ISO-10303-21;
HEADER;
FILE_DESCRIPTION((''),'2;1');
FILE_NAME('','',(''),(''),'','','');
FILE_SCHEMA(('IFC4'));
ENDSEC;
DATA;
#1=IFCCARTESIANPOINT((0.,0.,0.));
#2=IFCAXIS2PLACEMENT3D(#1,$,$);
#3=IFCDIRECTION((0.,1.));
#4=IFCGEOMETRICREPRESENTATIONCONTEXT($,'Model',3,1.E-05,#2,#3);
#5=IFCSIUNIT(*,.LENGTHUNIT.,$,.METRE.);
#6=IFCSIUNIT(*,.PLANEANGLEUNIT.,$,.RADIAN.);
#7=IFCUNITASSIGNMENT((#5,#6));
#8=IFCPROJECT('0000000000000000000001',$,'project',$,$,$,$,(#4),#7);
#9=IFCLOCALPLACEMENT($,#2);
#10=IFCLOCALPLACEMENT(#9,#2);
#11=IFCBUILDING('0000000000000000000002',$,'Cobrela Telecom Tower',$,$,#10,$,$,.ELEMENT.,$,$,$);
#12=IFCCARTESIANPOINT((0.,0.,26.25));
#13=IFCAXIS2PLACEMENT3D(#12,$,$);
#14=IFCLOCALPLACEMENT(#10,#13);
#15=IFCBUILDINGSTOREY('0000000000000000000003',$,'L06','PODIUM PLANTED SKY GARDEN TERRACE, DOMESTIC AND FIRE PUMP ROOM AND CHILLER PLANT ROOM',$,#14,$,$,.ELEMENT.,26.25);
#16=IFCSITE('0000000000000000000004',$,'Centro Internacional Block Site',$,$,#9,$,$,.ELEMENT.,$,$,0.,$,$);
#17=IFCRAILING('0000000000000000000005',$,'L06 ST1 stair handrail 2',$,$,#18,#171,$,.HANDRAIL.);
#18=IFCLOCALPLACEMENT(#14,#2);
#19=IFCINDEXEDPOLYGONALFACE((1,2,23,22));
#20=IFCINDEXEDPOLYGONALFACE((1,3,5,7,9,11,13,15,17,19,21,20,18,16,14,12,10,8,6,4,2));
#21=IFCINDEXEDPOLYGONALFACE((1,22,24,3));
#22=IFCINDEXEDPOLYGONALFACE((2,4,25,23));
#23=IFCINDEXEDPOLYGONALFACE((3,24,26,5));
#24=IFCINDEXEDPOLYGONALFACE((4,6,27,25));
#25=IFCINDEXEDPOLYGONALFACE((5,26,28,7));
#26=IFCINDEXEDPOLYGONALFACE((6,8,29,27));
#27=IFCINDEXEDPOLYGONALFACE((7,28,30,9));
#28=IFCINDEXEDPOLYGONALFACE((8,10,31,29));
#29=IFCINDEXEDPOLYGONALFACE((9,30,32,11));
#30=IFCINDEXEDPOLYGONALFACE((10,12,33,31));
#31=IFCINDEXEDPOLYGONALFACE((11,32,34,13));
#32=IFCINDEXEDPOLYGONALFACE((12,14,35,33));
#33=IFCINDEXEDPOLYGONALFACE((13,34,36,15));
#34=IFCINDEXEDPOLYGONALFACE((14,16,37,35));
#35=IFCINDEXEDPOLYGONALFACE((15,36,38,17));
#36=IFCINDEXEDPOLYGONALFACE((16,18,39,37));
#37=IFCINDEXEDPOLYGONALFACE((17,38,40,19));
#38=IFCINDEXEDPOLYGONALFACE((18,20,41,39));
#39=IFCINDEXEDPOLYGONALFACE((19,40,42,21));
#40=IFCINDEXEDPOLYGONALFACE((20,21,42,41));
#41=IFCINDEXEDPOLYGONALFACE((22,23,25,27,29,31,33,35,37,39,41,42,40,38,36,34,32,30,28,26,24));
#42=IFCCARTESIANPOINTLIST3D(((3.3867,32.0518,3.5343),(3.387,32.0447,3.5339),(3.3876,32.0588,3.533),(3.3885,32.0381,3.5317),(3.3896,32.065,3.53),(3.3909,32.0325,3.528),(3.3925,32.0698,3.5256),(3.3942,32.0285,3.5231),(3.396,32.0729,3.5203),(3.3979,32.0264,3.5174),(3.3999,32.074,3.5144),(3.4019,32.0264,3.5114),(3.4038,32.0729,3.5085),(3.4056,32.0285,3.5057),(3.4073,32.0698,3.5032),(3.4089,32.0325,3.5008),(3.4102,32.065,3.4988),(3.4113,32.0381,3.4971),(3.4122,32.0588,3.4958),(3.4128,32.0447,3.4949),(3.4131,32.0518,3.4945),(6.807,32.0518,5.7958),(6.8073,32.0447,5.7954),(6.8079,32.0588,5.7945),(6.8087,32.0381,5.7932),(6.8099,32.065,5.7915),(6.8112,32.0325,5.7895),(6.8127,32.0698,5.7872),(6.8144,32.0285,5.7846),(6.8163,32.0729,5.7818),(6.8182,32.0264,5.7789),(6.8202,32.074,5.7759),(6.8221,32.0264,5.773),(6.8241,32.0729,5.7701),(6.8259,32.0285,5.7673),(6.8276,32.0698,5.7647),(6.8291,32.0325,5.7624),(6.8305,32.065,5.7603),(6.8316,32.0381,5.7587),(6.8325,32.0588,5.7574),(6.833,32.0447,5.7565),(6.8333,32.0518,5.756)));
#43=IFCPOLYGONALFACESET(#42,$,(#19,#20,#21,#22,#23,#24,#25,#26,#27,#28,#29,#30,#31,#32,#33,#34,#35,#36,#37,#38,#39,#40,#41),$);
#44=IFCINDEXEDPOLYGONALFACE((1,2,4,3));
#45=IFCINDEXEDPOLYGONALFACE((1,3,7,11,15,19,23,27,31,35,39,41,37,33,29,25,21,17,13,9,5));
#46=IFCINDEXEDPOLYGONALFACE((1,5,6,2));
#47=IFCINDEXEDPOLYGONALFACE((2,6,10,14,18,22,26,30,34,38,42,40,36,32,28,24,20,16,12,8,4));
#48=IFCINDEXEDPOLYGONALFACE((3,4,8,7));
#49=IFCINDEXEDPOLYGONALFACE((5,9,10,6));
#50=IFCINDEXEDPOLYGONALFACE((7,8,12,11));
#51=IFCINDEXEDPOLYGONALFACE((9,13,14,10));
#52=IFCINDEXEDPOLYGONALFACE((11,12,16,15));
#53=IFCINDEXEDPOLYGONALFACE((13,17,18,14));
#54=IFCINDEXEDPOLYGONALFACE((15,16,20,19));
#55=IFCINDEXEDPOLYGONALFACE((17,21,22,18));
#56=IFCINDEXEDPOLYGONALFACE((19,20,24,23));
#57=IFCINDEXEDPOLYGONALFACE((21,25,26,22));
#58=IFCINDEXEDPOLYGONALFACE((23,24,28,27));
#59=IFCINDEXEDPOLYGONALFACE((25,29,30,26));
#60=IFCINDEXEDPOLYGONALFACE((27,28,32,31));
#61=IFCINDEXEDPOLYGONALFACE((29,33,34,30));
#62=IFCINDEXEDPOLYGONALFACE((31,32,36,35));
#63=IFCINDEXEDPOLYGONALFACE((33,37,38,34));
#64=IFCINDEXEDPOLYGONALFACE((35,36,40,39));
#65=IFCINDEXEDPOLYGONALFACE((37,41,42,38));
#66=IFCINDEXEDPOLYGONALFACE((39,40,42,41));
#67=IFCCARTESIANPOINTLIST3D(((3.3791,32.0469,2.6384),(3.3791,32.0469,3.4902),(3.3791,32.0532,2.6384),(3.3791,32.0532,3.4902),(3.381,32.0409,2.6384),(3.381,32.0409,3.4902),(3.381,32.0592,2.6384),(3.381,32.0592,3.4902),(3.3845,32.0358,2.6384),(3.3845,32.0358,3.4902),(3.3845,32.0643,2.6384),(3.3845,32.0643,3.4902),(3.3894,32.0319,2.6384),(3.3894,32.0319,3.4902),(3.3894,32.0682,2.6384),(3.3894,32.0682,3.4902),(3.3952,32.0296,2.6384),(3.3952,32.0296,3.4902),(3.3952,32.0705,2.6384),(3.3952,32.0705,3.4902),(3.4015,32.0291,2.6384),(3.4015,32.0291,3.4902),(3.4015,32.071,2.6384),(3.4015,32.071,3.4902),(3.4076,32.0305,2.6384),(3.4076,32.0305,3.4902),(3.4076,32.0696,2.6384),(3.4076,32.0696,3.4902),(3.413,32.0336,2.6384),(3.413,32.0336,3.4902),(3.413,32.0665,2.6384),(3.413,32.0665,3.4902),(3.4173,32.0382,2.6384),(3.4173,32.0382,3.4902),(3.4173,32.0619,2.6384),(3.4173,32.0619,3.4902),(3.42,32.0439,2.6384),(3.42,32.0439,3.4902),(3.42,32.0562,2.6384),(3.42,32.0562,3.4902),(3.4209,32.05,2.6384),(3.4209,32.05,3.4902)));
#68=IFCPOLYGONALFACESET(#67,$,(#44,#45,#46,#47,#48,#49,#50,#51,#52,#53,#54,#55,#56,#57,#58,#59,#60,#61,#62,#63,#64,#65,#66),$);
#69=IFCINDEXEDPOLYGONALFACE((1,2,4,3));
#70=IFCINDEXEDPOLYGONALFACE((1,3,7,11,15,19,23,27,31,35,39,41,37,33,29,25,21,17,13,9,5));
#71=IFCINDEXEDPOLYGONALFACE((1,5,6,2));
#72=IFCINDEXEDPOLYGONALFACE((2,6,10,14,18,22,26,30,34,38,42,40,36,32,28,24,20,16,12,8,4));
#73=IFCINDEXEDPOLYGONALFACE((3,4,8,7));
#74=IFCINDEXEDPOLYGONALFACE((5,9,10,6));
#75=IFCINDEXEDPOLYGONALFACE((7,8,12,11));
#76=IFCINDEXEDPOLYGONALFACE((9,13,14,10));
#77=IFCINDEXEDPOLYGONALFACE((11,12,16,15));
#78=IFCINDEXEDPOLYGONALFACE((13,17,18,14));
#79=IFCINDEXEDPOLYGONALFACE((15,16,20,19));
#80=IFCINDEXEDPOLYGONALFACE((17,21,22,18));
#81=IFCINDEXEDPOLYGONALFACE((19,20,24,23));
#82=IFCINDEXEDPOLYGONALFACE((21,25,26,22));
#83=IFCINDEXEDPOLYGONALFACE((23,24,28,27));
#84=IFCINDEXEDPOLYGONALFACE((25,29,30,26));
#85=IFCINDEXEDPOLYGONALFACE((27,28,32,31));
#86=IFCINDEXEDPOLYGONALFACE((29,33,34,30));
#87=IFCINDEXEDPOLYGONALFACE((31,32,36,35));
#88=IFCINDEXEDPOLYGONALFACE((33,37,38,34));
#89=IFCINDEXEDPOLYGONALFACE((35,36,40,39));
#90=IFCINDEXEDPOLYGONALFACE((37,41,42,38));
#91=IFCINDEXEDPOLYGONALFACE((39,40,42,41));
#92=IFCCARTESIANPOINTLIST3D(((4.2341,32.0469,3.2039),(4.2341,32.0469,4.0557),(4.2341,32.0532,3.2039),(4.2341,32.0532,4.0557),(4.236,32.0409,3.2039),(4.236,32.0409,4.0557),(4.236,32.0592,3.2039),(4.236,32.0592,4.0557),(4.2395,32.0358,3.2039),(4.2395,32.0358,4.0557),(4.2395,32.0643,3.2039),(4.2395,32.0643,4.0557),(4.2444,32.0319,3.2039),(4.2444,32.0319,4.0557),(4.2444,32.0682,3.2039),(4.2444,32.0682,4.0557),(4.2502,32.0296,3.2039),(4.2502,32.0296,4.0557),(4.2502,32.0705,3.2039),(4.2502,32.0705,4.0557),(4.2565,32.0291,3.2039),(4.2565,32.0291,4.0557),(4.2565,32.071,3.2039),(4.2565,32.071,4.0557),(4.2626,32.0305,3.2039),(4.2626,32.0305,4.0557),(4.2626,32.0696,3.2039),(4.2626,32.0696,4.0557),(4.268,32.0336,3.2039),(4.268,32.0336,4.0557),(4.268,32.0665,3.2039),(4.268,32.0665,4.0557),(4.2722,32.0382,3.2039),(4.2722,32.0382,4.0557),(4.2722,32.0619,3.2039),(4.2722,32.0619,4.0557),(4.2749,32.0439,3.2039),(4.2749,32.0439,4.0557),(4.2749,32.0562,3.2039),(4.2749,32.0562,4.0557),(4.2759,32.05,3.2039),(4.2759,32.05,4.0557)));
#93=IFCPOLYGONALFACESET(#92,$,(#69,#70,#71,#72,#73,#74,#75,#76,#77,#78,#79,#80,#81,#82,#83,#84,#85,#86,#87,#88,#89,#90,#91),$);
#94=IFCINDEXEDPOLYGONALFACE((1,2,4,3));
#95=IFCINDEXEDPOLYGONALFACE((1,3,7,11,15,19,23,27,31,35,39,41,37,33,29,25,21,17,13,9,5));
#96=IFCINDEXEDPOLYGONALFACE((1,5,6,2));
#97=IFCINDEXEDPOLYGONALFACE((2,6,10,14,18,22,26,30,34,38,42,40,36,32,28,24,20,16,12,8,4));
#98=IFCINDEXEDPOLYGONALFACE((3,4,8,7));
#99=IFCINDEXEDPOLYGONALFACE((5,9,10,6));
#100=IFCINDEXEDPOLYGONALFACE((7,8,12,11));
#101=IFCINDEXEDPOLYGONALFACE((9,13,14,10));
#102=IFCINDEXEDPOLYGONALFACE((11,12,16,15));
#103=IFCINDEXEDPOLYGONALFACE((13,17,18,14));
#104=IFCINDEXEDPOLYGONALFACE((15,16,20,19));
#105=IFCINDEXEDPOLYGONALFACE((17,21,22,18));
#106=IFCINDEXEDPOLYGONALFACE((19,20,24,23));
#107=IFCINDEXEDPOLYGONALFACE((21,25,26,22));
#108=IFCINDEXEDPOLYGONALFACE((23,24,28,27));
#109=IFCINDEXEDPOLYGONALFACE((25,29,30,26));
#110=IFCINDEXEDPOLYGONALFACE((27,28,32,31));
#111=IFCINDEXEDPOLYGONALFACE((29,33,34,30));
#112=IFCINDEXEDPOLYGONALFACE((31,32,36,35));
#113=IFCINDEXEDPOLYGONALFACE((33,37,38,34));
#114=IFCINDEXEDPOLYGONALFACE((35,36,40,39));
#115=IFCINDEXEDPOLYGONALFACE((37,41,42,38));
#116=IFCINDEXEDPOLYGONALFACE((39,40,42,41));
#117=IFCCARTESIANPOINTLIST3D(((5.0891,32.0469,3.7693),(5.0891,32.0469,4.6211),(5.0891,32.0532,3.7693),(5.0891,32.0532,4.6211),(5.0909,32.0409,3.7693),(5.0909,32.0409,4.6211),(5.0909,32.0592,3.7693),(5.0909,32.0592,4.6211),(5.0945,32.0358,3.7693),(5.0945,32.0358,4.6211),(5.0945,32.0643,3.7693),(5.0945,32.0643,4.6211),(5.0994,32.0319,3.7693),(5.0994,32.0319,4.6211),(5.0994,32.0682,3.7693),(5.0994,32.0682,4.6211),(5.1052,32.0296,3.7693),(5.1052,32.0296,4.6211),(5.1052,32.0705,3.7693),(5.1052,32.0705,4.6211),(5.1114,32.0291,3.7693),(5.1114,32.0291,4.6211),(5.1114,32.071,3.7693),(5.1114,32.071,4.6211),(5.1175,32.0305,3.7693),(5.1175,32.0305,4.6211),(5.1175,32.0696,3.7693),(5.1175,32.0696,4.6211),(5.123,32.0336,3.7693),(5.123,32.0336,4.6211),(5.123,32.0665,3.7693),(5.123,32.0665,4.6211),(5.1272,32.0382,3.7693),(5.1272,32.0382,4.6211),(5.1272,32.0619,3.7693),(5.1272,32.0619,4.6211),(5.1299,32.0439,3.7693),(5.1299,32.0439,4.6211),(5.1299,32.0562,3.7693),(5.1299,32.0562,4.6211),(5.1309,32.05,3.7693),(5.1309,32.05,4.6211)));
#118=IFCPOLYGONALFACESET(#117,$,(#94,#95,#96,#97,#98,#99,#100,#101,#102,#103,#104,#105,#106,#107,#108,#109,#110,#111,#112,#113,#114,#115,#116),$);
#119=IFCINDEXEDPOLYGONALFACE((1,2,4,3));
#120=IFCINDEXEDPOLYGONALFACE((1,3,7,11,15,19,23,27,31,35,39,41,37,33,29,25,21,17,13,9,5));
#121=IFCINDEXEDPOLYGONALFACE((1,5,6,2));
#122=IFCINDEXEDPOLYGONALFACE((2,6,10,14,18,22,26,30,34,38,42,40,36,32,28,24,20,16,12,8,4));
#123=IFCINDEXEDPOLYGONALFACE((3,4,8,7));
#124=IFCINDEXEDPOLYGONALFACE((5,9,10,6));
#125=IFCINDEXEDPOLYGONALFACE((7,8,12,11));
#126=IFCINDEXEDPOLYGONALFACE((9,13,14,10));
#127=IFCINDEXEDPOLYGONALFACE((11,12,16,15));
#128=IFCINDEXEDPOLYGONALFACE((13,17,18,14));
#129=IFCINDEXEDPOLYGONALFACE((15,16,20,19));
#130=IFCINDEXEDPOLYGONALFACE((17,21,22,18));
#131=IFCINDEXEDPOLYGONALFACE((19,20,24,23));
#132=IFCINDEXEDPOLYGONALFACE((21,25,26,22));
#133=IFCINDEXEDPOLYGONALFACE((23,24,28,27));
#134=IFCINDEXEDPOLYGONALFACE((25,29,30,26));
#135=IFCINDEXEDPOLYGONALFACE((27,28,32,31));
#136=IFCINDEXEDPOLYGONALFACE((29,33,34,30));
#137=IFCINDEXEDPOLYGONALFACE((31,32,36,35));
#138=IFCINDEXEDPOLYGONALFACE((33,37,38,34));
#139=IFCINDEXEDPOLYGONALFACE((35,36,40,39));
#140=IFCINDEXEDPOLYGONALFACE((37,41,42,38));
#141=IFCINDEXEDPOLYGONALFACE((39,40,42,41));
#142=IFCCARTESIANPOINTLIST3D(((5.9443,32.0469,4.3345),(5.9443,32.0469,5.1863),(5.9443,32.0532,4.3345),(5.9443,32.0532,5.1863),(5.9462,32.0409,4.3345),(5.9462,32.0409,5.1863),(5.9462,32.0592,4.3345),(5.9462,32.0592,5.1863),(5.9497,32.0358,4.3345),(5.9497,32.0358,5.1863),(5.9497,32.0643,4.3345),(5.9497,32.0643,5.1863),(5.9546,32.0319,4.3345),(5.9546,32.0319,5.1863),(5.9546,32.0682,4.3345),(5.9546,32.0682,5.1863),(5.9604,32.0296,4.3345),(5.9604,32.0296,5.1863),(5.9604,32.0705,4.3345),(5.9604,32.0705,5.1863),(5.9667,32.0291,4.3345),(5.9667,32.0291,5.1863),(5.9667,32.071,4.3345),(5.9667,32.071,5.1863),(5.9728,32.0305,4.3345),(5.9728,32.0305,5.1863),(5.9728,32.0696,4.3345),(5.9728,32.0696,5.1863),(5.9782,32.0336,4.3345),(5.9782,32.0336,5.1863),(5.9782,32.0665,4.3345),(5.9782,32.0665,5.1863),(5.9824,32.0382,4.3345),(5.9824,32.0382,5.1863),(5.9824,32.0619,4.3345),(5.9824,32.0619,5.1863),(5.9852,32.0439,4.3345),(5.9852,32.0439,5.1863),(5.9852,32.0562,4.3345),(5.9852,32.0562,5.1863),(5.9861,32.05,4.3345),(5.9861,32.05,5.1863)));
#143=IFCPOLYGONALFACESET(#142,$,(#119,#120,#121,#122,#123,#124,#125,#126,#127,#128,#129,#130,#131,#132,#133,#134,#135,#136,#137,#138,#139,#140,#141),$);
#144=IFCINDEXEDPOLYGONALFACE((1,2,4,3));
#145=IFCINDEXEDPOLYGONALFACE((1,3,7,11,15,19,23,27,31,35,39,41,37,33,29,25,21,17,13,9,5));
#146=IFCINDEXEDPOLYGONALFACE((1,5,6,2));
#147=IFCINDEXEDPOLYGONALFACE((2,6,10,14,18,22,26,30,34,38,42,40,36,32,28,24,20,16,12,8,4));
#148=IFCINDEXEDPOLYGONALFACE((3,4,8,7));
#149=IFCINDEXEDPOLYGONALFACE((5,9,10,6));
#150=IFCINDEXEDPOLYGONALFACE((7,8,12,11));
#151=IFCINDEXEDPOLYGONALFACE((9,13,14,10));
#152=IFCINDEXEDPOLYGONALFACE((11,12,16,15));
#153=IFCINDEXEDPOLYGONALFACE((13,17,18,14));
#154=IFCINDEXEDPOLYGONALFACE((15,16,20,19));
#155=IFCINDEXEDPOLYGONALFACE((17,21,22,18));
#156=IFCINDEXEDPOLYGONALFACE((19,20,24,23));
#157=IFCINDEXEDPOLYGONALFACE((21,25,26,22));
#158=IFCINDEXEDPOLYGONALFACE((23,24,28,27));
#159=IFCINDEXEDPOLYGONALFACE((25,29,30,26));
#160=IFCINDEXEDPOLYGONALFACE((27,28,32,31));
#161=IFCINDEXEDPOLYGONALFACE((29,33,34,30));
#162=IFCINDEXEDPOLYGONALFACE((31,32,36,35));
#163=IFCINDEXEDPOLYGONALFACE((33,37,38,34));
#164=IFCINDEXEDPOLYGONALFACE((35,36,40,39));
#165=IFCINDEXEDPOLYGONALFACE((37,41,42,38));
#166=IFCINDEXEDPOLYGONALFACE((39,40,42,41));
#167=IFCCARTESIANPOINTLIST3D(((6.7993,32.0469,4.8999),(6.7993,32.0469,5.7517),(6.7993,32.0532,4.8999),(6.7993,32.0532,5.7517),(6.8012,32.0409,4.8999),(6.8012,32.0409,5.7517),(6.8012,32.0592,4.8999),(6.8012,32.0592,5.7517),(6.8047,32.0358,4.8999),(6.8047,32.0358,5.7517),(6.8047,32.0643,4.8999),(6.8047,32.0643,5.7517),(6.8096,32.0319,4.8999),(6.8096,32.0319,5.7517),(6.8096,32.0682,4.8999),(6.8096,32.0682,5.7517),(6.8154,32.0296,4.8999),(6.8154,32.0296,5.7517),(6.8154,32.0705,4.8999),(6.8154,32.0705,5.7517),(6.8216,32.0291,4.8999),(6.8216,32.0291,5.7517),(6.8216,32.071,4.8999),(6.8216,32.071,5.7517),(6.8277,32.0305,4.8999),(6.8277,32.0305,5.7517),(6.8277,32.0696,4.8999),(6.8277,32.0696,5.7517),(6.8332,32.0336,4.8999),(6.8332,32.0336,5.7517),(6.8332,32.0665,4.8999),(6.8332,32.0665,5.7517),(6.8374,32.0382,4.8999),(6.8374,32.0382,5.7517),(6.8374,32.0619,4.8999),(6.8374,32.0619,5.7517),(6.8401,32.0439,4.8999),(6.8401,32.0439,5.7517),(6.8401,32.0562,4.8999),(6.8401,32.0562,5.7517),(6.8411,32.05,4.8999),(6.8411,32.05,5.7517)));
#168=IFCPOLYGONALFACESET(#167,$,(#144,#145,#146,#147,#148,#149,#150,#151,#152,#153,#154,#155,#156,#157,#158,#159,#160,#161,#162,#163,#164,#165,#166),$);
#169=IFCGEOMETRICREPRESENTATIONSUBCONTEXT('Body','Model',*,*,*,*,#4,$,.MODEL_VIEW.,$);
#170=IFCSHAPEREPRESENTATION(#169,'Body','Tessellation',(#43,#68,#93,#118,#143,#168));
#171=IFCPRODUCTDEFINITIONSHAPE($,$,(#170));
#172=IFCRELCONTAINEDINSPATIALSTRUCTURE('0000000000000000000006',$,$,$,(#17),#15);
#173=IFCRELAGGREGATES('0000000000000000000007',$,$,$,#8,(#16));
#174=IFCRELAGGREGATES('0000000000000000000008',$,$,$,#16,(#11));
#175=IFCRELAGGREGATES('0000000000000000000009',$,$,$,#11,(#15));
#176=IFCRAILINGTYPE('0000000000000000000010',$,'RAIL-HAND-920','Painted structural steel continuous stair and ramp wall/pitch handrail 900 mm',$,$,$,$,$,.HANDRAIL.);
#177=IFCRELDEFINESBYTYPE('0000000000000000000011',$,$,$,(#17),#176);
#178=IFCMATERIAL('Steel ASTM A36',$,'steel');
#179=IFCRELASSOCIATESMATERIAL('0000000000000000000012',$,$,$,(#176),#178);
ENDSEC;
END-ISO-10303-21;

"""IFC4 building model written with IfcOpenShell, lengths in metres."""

from ifc_helpers import new_model, si_unit, direction, frame, origin, origin_2d, place, context, subcontext, project, spatial, circle, extrude, material, type_object, element, save


model = new_model("IFC4")

# Units and contexts
model_context = context("Model", 3, precision=1e-05, world=origin(), true_north=direction((0.0, 1.0)))
body_context = subcontext(model_context, "Body", "Model", "MODEL_VIEW")
ifc_project = project(units=[si_unit("LENGTHUNIT", "METRE"), si_unit("PLANEANGLEUNIT", "RADIAN")], contexts=[model_context])

# Site, building, storey
site_placement = place(None, origin())
site = spatial("IfcSite", under=ifc_project, at=site_placement, Name="Centro Internacional Block Site", CompositionType="ELEMENT", RefElevation=0.0)
building_placement = place(site_placement, origin())
building = spatial("IfcBuilding", under=site, at=building_placement, Name="Cobrela Telecom Tower", CompositionType="ELEMENT")
storey_placement = place(building_placement, frame((0.0, 0.0, 26.25)))
storey = spatial("IfcBuildingStorey", under=building, at=storey_placement, Name="L06", Description="PODIUM PLANTED SKY GARDEN TERRACE, DOMESTIC AND FIRE PUMP ROOM AND CHILLER PLANT ROOM", CompositionType="ELEMENT", Elevation=26.25)

# Railing
ifc_material_1 = material(Name="Steel ASTM A36", Category="steel")
railing_type_1 = type_object("IfcRailingType", Name="RAIL-HAND-920", Description="Painted structural steel continuous stair and ramp wall/pitch handrail 900 mm", PredefinedType="HANDRAIL", material=ifc_material_1)
railing_1_placement = place(storey_placement, frame((3.3999, 32.05, 2.6384)))
element("IfcRailing", 1, at=railing_1_placement, inside=storey, type_object=railing_type_1, Name="L06 ST1 stair handrail 2", PredefinedType="HANDRAIL", context=body_context, shape_type="SweptSolid", body=[
    extrude(circle(Radius=0.0239, at=origin_2d()), frame((0.0, 0.0, 0.876), z_axis=(0.834142, 0.0, 0.55155), x_axis=(0.0, 1.0, 0.0)), (0.0, 0.0, 1.0), 4.1003),
    extrude(circle(Radius=0.021, at=origin_2d()), origin(), (0.0, 0.0, 1.0), 0.8518),
    extrude(circle(Radius=0.021, at=origin_2d()), frame((0.855, 0.0, 0.5654)), (0.0, 0.0, 1.0), 0.8518),
    extrude(circle(Radius=0.021, at=origin_2d()), frame((1.71, 0.0, 1.1309)), (0.0, 0.0, 1.0), 0.8518),
    extrude(circle(Radius=0.021, at=origin_2d()), frame((2.5652, 0.0, 1.696)), (0.0, 0.0, 1.0), 0.8518),
    extrude(circle(Radius=0.021, at=origin_2d()), frame((3.4202, 0.0, 2.2615)), (0.0, 0.0, 1.0), 0.8518),
])

save(model, "model.ifc")
